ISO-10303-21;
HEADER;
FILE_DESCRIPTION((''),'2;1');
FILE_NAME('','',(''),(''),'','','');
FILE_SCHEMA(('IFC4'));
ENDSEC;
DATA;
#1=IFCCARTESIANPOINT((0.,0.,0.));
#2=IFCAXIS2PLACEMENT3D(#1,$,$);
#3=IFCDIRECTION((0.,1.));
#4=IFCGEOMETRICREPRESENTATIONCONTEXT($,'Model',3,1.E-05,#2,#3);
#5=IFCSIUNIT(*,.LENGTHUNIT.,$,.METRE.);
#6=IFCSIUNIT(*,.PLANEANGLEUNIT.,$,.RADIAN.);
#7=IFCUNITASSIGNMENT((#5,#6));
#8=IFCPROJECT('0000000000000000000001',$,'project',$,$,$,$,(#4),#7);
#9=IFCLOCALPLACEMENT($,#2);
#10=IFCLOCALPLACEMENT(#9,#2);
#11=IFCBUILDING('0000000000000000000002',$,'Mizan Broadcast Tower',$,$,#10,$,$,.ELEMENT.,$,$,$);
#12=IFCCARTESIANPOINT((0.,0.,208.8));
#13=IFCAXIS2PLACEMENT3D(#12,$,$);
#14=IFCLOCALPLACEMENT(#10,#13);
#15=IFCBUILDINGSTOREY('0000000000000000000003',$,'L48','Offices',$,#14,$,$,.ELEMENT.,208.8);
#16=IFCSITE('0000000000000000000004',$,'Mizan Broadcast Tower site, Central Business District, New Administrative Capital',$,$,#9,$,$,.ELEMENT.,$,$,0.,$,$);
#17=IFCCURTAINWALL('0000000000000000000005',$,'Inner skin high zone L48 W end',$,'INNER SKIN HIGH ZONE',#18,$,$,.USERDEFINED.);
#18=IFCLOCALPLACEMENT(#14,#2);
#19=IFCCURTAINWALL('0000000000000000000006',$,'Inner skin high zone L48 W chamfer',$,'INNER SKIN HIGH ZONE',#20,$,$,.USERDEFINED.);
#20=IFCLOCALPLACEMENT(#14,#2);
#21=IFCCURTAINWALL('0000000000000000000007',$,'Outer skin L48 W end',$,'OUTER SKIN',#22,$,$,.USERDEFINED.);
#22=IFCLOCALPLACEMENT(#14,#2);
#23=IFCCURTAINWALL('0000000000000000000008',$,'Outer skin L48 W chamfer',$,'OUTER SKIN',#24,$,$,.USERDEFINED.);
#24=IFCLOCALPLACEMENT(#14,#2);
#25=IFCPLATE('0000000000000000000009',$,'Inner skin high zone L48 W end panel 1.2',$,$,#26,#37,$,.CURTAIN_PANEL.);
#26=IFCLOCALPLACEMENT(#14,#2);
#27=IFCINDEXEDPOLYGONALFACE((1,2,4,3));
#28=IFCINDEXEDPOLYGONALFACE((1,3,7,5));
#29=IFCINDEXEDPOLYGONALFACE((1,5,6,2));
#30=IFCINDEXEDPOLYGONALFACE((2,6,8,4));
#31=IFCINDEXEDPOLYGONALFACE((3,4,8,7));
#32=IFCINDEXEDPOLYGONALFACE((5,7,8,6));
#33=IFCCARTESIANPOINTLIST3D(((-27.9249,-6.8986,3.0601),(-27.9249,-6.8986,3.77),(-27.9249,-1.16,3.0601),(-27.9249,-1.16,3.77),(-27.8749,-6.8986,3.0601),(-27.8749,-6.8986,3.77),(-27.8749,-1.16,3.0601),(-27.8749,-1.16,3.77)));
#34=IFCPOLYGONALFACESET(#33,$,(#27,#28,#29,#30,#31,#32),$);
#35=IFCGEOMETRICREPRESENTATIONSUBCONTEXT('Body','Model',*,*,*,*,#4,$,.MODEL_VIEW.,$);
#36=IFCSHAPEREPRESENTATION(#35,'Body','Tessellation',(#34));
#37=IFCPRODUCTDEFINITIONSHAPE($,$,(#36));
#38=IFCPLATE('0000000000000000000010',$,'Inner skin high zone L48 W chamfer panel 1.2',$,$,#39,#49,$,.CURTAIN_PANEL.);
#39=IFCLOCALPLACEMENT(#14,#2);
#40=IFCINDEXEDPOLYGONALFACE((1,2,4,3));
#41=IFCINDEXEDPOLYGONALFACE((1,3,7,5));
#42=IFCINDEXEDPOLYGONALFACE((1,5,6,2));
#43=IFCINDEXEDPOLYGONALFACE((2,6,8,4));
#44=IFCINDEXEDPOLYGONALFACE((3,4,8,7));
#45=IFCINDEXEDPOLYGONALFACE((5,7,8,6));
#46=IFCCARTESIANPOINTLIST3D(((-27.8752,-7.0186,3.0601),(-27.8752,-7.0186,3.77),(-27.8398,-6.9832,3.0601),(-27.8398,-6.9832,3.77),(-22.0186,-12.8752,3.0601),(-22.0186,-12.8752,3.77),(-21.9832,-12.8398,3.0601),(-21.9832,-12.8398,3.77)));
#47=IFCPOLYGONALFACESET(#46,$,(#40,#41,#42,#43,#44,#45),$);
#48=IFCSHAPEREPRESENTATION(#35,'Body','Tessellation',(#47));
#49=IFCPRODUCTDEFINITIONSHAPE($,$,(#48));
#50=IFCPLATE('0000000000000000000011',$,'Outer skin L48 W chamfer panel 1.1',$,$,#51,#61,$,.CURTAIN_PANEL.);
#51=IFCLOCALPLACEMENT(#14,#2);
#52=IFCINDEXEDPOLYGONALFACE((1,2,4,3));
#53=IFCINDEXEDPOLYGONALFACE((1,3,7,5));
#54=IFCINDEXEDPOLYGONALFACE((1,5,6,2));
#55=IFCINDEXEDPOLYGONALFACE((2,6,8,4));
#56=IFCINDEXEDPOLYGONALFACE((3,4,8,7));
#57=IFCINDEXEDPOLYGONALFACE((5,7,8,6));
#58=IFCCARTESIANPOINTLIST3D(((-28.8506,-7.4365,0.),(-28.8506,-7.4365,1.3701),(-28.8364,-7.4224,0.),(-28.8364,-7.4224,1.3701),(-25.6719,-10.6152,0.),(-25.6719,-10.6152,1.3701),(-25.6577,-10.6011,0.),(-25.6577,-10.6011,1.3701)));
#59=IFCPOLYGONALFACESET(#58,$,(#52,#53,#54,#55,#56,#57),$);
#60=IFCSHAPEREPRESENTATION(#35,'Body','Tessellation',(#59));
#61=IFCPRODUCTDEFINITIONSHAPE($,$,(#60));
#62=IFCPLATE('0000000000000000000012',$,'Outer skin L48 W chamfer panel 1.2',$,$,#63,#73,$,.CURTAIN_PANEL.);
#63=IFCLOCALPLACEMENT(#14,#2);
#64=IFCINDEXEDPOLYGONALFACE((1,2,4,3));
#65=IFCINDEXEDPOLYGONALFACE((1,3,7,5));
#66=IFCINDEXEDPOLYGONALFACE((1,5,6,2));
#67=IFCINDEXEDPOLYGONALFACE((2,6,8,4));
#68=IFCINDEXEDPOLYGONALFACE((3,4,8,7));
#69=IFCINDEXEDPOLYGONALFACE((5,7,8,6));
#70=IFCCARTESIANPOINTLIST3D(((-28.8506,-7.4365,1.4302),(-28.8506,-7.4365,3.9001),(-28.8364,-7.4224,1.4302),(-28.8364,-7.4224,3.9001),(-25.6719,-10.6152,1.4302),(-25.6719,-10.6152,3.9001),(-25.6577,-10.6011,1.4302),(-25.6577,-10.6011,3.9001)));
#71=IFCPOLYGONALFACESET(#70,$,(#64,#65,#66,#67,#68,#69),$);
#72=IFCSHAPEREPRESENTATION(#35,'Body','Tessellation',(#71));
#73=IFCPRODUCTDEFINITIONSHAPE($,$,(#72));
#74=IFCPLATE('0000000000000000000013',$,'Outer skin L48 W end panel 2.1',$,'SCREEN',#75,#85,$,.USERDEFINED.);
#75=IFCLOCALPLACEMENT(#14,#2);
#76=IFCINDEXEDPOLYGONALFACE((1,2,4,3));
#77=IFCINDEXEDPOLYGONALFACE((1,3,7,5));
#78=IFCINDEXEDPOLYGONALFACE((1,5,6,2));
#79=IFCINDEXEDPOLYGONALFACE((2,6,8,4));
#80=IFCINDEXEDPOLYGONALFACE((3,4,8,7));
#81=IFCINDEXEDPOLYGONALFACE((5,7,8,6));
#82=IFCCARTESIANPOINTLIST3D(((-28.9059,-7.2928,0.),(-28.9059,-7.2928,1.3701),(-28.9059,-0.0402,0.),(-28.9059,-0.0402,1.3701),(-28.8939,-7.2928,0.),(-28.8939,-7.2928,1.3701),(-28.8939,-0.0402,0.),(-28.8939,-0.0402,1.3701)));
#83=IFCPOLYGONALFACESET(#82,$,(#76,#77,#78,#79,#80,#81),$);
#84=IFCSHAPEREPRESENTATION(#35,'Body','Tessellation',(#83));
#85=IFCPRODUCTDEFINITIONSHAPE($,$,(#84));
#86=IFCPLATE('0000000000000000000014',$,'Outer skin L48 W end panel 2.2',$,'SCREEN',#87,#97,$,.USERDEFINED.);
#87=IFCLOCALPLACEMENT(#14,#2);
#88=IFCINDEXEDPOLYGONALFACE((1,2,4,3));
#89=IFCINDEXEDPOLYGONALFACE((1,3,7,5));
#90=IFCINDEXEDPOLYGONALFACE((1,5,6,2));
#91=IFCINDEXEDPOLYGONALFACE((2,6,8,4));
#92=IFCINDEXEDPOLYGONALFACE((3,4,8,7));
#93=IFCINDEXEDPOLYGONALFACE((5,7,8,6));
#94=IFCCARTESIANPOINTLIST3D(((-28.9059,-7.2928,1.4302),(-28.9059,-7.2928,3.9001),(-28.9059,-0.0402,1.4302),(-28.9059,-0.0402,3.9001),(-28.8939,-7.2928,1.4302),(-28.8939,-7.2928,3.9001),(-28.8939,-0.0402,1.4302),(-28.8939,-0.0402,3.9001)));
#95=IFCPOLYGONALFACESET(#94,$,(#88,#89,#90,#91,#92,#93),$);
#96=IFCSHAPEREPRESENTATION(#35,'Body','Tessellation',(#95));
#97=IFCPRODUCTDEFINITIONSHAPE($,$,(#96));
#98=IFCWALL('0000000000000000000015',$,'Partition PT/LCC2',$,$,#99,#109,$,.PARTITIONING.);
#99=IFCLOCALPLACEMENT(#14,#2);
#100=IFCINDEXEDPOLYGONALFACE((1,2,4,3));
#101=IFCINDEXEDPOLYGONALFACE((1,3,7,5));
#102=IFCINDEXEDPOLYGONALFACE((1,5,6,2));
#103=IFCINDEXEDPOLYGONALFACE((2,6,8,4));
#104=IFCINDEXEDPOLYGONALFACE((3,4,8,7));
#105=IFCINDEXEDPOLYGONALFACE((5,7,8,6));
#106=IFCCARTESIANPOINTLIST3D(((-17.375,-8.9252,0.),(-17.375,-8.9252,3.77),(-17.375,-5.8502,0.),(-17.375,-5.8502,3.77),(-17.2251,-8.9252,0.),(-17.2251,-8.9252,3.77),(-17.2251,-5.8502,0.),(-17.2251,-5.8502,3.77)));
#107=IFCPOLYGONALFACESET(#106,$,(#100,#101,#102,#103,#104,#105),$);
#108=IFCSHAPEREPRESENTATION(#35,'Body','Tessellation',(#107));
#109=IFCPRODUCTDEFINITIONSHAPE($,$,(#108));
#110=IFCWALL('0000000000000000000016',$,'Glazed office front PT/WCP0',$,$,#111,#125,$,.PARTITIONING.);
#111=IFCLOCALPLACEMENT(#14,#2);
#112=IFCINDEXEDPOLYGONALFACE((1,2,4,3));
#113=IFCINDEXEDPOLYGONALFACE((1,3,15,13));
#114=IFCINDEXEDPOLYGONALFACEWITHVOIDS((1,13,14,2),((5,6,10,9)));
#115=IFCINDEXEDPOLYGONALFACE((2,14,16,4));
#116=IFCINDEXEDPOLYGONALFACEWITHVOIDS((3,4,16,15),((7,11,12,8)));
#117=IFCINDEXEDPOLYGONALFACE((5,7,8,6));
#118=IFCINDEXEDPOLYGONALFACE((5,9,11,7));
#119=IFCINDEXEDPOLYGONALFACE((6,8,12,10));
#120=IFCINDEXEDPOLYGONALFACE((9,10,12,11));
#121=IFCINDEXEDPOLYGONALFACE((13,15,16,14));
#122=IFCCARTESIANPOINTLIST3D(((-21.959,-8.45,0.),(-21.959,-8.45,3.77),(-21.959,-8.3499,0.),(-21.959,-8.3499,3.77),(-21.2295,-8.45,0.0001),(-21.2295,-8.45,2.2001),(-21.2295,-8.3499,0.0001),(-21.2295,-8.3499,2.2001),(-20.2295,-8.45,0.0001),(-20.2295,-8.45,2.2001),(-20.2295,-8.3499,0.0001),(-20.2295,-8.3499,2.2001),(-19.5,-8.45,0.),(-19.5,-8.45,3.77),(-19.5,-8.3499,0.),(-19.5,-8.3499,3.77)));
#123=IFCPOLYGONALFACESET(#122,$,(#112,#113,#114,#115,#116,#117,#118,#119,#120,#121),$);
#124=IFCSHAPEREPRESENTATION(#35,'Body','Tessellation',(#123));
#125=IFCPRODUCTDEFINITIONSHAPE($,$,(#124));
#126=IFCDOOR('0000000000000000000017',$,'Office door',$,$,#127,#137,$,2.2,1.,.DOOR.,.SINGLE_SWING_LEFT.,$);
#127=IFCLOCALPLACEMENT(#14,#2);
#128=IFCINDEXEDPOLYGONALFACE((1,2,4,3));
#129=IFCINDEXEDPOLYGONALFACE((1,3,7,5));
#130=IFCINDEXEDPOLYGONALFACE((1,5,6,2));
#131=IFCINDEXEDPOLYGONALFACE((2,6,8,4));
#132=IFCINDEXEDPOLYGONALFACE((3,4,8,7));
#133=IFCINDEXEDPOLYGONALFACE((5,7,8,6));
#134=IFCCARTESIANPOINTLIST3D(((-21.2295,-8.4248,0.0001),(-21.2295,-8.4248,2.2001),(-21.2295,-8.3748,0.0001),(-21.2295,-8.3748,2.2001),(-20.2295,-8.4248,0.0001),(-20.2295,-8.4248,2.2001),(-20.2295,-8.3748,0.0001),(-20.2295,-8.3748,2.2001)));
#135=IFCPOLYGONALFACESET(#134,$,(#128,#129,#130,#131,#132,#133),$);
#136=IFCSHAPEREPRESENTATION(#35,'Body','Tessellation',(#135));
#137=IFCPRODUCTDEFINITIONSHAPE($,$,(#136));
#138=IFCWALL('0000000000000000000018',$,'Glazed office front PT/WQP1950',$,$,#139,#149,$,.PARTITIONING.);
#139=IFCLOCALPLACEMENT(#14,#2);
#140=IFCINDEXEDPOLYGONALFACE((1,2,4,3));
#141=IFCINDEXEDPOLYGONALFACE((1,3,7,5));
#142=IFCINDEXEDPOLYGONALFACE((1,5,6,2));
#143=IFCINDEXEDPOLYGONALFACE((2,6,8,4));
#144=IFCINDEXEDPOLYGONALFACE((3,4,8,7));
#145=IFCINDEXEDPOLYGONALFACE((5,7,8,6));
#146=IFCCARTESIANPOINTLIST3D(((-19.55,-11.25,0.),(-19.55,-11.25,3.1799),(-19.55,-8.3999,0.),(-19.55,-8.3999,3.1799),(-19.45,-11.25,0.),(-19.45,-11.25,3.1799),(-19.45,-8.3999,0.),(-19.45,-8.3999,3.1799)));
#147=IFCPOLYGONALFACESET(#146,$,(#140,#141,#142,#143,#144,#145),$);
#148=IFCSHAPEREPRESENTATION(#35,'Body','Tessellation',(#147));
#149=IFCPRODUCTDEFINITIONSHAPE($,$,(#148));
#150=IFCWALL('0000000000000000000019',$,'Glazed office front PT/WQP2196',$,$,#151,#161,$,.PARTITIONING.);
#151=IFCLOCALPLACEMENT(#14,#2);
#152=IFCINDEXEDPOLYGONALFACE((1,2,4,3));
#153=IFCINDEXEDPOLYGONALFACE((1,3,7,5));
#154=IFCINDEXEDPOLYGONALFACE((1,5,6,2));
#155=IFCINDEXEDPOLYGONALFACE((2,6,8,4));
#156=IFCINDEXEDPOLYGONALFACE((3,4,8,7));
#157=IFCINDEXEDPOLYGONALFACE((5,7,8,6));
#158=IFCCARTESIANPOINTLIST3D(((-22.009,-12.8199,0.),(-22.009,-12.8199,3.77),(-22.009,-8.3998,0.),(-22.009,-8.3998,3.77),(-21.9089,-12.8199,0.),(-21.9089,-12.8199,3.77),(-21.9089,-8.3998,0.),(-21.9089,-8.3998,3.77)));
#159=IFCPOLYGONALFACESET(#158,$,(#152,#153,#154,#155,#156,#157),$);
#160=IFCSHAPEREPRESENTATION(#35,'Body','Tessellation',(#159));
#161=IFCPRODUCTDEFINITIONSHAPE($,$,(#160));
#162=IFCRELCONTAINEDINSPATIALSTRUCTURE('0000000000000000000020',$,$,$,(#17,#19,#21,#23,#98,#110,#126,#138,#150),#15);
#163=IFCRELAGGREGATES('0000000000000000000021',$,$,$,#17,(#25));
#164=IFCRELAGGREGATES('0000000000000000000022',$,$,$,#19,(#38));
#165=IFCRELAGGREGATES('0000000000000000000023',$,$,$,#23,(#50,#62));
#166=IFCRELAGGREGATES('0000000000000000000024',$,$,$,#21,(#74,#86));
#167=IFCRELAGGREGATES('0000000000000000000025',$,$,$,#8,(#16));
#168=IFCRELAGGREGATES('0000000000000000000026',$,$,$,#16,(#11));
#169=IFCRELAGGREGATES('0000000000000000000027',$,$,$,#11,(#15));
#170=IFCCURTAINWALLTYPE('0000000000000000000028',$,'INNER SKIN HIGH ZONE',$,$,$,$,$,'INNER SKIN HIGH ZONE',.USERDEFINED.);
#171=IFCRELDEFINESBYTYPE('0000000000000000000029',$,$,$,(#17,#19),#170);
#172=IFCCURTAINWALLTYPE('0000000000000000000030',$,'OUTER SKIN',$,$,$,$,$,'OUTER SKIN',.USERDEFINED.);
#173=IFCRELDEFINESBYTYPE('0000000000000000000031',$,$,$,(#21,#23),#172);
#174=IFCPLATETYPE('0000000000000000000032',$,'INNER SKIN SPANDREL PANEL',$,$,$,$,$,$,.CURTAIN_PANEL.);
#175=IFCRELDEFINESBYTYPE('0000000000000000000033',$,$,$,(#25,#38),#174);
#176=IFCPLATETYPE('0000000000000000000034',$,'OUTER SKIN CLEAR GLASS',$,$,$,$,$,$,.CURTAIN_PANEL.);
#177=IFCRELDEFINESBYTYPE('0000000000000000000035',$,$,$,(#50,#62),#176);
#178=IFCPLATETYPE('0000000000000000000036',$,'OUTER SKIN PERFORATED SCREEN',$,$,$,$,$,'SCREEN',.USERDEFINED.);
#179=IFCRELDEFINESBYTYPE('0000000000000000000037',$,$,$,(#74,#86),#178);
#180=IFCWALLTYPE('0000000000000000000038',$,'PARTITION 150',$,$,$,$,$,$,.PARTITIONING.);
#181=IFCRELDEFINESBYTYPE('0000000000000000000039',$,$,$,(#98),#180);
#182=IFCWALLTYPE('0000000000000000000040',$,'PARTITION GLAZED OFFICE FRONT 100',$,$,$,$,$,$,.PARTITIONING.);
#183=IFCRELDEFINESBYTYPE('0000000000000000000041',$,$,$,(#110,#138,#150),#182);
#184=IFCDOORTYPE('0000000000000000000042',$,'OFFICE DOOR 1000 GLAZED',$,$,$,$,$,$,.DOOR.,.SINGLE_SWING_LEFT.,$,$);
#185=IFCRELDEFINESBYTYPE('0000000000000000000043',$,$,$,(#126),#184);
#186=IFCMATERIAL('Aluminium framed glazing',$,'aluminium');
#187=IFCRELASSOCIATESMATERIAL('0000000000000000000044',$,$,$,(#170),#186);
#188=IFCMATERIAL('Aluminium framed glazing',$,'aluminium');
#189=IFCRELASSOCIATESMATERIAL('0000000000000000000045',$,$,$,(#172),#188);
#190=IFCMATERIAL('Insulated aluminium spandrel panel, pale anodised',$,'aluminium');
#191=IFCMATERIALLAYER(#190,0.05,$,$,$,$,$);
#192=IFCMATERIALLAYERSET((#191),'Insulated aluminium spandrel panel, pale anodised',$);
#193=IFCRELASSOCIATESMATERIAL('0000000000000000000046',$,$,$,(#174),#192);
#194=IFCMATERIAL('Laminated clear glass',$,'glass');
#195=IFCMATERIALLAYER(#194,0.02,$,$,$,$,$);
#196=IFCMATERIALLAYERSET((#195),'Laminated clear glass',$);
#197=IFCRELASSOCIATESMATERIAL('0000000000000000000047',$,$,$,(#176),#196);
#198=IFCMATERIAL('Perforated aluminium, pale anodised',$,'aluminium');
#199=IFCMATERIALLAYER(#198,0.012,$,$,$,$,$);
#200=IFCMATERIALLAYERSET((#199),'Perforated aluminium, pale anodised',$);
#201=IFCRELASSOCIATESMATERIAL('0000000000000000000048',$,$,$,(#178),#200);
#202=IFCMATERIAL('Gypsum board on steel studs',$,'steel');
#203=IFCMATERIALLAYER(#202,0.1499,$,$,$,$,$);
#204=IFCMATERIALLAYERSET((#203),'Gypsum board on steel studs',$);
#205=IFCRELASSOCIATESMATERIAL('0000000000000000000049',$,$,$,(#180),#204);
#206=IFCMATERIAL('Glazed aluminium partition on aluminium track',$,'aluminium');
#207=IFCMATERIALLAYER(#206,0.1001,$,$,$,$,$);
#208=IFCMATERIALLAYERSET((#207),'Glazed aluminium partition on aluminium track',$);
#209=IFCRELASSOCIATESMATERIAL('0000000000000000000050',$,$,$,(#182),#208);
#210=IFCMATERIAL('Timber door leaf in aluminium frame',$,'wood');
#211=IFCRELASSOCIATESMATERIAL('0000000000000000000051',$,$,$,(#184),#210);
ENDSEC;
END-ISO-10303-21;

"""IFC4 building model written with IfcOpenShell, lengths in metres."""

from ifc_helpers import new_model, si_unit, direction, frame, frame_2d, origin, origin_2d, place, context, subcontext, project, spatial, rectangle, extrude, material, layer, layer_set, type_object, element, fill, aggregate, save


model = new_model("IFC4")

# Units and contexts
model_context = context("Model", 3, precision=1e-05, world=origin(), true_north=direction((0.0, 1.0)))
body_context = subcontext(model_context, "Body", "Model", "MODEL_VIEW")
ifc_project = project(units=[si_unit("LENGTHUNIT", "METRE"), si_unit("PLANEANGLEUNIT", "RADIAN")], contexts=[model_context])

# Site, building, storey
site_placement = place(None, origin())
site = spatial("IfcSite", under=ifc_project, at=site_placement, Name="Mizan Broadcast Tower site, Central Business District, New Administrative Capital", CompositionType="ELEMENT", RefElevation=0.0)
building_placement = place(site_placement, origin())
building = spatial("IfcBuilding", under=site, at=building_placement, Name="Mizan Broadcast Tower", CompositionType="ELEMENT")
storey_placement = place(building_placement, frame((0.0, 0.0, 208.8)))
storey = spatial("IfcBuildingStorey", under=building, at=storey_placement, Name="L48", Description="Offices", CompositionType="ELEMENT", Elevation=208.8)

# Curtain wall
ifc_material_1 = material(Name="Aluminium framed glazing", Category="aluminium")
curtain_wall_type_1 = type_object("IfcCurtainWallType", Name="INNER SKIN HIGH ZONE", ElementType="INNER SKIN HIGH ZONE", PredefinedType="USERDEFINED", material=ifc_material_1)
curtain_wall_1_placement = place(storey_placement, origin())
curtain_wall_1 = element("IfcCurtainWall", 1, at=curtain_wall_1_placement, inside=storey, type_object=curtain_wall_type_1, Name="Inner skin high zone L48 W end", ObjectType="INNER SKIN HIGH ZONE", PredefinedType="USERDEFINED")

# Curtain wall
curtain_wall_2_placement = place(storey_placement, origin())
curtain_wall_2 = element("IfcCurtainWall", 2, at=curtain_wall_2_placement, inside=storey, type_object=curtain_wall_type_1, Name="Inner skin high zone L48 W chamfer", ObjectType="INNER SKIN HIGH ZONE", PredefinedType="USERDEFINED")

# Curtain wall
ifc_material_2 = material(Name="Aluminium framed glazing", Category="aluminium")
curtain_wall_type_2 = type_object("IfcCurtainWallType", Name="OUTER SKIN", ElementType="OUTER SKIN", PredefinedType="USERDEFINED", material=ifc_material_2)
curtain_wall_3_placement = place(storey_placement, origin())
curtain_wall_3 = element("IfcCurtainWall", 3, at=curtain_wall_3_placement, inside=storey, type_object=curtain_wall_type_2, Name="Outer skin L48 W end", ObjectType="OUTER SKIN", PredefinedType="USERDEFINED")

# Curtain wall
curtain_wall_4_placement = place(storey_placement, origin())
curtain_wall_4 = element("IfcCurtainWall", 4, at=curtain_wall_4_placement, inside=storey, type_object=curtain_wall_type_2, Name="Outer skin L48 W chamfer", ObjectType="OUTER SKIN", PredefinedType="USERDEFINED")

# Plates
ifc_material_3 = material(Name="Insulated aluminium spandrel panel, pale anodised", Category="aluminium")
ifc_layer_1 = layer(ifc_material_3, 0.05)
ifc_layer_set_1 = layer_set([ifc_layer_1], Name="Insulated aluminium spandrel panel, pale anodised")
plate_type_1 = type_object("IfcPlateType", Name="INNER SKIN SPANDREL PANEL", PredefinedType="CURTAIN_PANEL", material=ifc_layer_set_1)
plate_1_placement = place(storey_placement, frame((-27.8999, -4.0293, 3.0601), z_axis=(0.0, 0.0, 1.0), x_axis=(0.0, -1.0, 0.0)))
plate_1 = element("IfcPlate", 5, at=plate_1_placement, type_object=plate_type_1, Name="Inner skin high zone L48 W end panel 1.2", PredefinedType="CURTAIN_PANEL", context=body_context, shape_type="SweptSolid", body=[
    extrude(rectangle(XDim=5.7385, YDim=0.05, at=origin_2d()), origin(), (0.0, 0.0, 1.0), 0.71),
])
aggregate(curtain_wall_1, [plate_1])
plate_2_placement = place(storey_placement, frame((-24.9292, -9.9292, 3.0601), z_axis=(0.0, 0.0, 1.0), x_axis=(0.707107, -0.707107, 0.0)))
plate_2 = element("IfcPlate", 6, at=plate_2_placement, type_object=plate_type_1, Name="Inner skin high zone L48 W chamfer panel 1.2", PredefinedType="CURTAIN_PANEL", context=body_context, shape_type="SweptSolid", body=[
    extrude(rectangle(XDim=8.2825, YDim=0.05, at=origin_2d()), origin(), (0.0, 0.0, 1.0), 0.71),
])
aggregate(curtain_wall_2, [plate_2])
ifc_material_4 = material(Name="Laminated clear glass", Category="glass")
ifc_layer_2 = layer(ifc_material_4, 0.02)
ifc_layer_set_2 = layer_set([ifc_layer_2], Name="Laminated clear glass")
plate_type_2 = type_object("IfcPlateType", Name="OUTER SKIN CLEAR GLASS", PredefinedType="CURTAIN_PANEL", material=ifc_layer_set_2)
plate_3_placement = place(storey_placement, frame((-27.2542, -9.0188, 0.0), z_axis=(0.0, 0.0, 1.0), x_axis=(0.707107, -0.707107, 0.0)))
plate_3 = element("IfcPlate", 7, at=plate_3_placement, type_object=plate_type_2, Name="Outer skin L48 W chamfer panel 1.1", PredefinedType="CURTAIN_PANEL", context=body_context, shape_type="SweptSolid", body=[
    extrude(rectangle(XDim=4.4954, YDim=0.02, at=origin_2d()), origin(), (0.0, 0.0, 1.0), 1.3701),
])
plate_4_placement = place(storey_placement, frame((-27.2542, -9.0188, 1.4302), z_axis=(0.0, 0.0, 1.0), x_axis=(0.707107, -0.707107, 0.0)))
plate_4 = element("IfcPlate", 8, at=plate_4_placement, type_object=plate_type_2, Name="Outer skin L48 W chamfer panel 1.2", PredefinedType="CURTAIN_PANEL", context=body_context, shape_type="SweptSolid", body=[
    extrude(rectangle(XDim=4.4954, YDim=0.02, at=origin_2d()), origin(), (0.0, 0.0, 1.0), 2.47),
])
aggregate(curtain_wall_4, [plate_3, plate_4])
ifc_material_5 = material(Name="Perforated aluminium, pale anodised", Category="aluminium")
ifc_layer_3 = layer(ifc_material_5, 0.012)
ifc_layer_set_3 = layer_set([ifc_layer_3], Name="Perforated aluminium, pale anodised")
plate_type_3 = type_object("IfcPlateType", Name="OUTER SKIN PERFORATED SCREEN", ElementType="SCREEN", PredefinedType="USERDEFINED", material=ifc_layer_set_3)
plate_5_placement = place(storey_placement, frame((-28.8999, -3.6665, 0.0), z_axis=(0.0, 0.0, 1.0), x_axis=(0.0, -1.0, 0.0)))
plate_5 = element("IfcPlate", 9, at=plate_5_placement, type_object=plate_type_3, Name="Outer skin L48 W end panel 2.1", ObjectType="SCREEN", PredefinedType="USERDEFINED", context=body_context, shape_type="SweptSolid", body=[
    extrude(rectangle(XDim=7.2527, YDim=0.012, at=origin_2d()), origin(), (0.0, 0.0, 1.0), 1.3701),
])
plate_6_placement = place(storey_placement, frame((-28.8999, -3.6665, 1.4302), z_axis=(0.0, 0.0, 1.0), x_axis=(0.0, -1.0, 0.0)))
plate_6 = element("IfcPlate", 10, at=plate_6_placement, type_object=plate_type_3, Name="Outer skin L48 W end panel 2.2", ObjectType="SCREEN", PredefinedType="USERDEFINED", context=body_context, shape_type="SweptSolid", body=[
    extrude(rectangle(XDim=7.2527, YDim=0.012, at=origin_2d()), origin(), (0.0, 0.0, 1.0), 2.47),
])
aggregate(curtain_wall_3, [plate_5, plate_6])

# Wall
ifc_material_6 = material(Name="Gypsum board on steel studs", Category="steel")
ifc_layer_4 = layer(ifc_material_6, 0.1499)
ifc_layer_set_4 = layer_set([ifc_layer_4], Name="Gypsum board on steel studs")
wall_type_1 = type_object("IfcWallType", Name="PARTITION 150", PredefinedType="PARTITIONING", material=ifc_layer_set_4)
wall_1_placement = place(storey_placement, frame((-17.3, -5.8501, 0.0), z_axis=(0.0, 0.0, 1.0), x_axis=(0.0, -1.0, 0.0)))
element("IfcWall", 11, at=wall_1_placement, inside=storey, type_object=wall_type_1, Name="Partition PT/LCC2", PredefinedType="PARTITIONING", context=body_context, shape_type="SweptSolid", body=[
    extrude(rectangle(XDim=3.075, YDim=0.1499, at=frame_2d((1.5376, 0.0))), origin(), (0.0, 0.0, 1.0), 3.77),
])

# Wall, opening, door
ifc_material_7 = material(Name="Glazed aluminium partition on aluminium track", Category="aluminium")
ifc_layer_5 = layer(ifc_material_7, 0.1001)
ifc_layer_set_5 = layer_set([ifc_layer_5], Name="Glazed aluminium partition on aluminium track")
wall_type_2 = type_object("IfcWallType", Name="PARTITION GLAZED OFFICE FRONT 100", PredefinedType="PARTITIONING", material=ifc_layer_set_5)
wall_2_placement = place(storey_placement, frame((-19.5, -8.3999, 0.0), z_axis=(0.0, 0.0, 1.0), x_axis=(-1.0, 0.0, 0.0)))
wall_2 = element("IfcWall", 12, at=wall_2_placement, inside=storey, type_object=wall_type_2, Name="Glazed office front PT/WCP0", PredefinedType="PARTITIONING", context=body_context, shape_type="SweptSolid", body=[
    extrude(rectangle(XDim=2.459, YDim=0.1001, at=frame_2d((1.2295, 0.0))), origin(), (0.0, 0.0, 1.0), 3.77),
])
opening_placement = place(wall_2_placement, frame((0.7295, 0.0, 0.0)))
opening = element("IfcOpeningElement", 13, at=opening_placement, cuts=wall_2, PredefinedType="OPENING", context=body_context, shape_type="SweptSolid", body=[
    extrude(rectangle(XDim=1.0, YDim=2.2, at=frame_2d((0.5, 1.1001))), frame((0.0, 0.0601, 0.0), z_axis=(0.0, -1.0, 0.0), x_axis=(1.0, 0.0, 0.0)), (0.0, 0.0, 1.0), 0.1201),
])
ifc_material_8 = material(Name="Timber door leaf in aluminium frame", Category="wood")
door_type = type_object("IfcDoorType", Name="OFFICE DOOR 1000 GLAZED", OperationType="SINGLE_SWING_LEFT", PredefinedType="DOOR", material=ifc_material_8)
door_placement = place(opening_placement, origin())
door = element("IfcDoor", 14, at=door_placement, inside=storey, type_object=door_type, Name="Office door", OperationType="SINGLE_SWING_LEFT", OverallHeight=2.2, OverallWidth=1.0, PredefinedType="DOOR", context=body_context, shape_type="SweptSolid", body=[
    extrude(rectangle(XDim=1.0, YDim=2.2, at=frame_2d((0.5, 1.1001))), frame((0.0, 0.0249, 0.0), z_axis=(0.0, -1.0, 0.0), x_axis=(1.0, 0.0, 0.0)), (0.0, 0.0, 1.0), 0.05),
])
fill(opening, door)

# Walls
wall_3_placement = place(storey_placement, frame((-19.5, -8.3999, 0.0), z_axis=(0.0, 0.0, 1.0), x_axis=(0.0, -1.0, 0.0)))
element("IfcWall", 15, at=wall_3_placement, inside=storey, type_object=wall_type_2, Name="Glazed office front PT/WQP1950", PredefinedType="PARTITIONING", context=body_context, shape_type="SweptSolid", body=[
    extrude(rectangle(XDim=2.8501, YDim=0.1001, at=frame_2d((1.425, 0.0))), origin(), (0.0, 0.0, 1.0), 3.1799),
])
wall_4_placement = place(storey_placement, frame((-21.959, -8.3999, 0.0), z_axis=(0.0, 0.0, 1.0), x_axis=(0.0, -1.0, 0.0)))
element("IfcWall", 16, at=wall_4_placement, inside=storey, type_object=wall_type_2, Name="Glazed office front PT/WQP2196", PredefinedType="PARTITIONING", context=body_context, shape_type="SweptSolid", body=[
    extrude(rectangle(XDim=4.4202, YDim=0.1001, at=frame_2d((2.21, 0.0))), origin(), (0.0, 0.0, 1.0), 3.77),
])

save(model, "model.ifc")
